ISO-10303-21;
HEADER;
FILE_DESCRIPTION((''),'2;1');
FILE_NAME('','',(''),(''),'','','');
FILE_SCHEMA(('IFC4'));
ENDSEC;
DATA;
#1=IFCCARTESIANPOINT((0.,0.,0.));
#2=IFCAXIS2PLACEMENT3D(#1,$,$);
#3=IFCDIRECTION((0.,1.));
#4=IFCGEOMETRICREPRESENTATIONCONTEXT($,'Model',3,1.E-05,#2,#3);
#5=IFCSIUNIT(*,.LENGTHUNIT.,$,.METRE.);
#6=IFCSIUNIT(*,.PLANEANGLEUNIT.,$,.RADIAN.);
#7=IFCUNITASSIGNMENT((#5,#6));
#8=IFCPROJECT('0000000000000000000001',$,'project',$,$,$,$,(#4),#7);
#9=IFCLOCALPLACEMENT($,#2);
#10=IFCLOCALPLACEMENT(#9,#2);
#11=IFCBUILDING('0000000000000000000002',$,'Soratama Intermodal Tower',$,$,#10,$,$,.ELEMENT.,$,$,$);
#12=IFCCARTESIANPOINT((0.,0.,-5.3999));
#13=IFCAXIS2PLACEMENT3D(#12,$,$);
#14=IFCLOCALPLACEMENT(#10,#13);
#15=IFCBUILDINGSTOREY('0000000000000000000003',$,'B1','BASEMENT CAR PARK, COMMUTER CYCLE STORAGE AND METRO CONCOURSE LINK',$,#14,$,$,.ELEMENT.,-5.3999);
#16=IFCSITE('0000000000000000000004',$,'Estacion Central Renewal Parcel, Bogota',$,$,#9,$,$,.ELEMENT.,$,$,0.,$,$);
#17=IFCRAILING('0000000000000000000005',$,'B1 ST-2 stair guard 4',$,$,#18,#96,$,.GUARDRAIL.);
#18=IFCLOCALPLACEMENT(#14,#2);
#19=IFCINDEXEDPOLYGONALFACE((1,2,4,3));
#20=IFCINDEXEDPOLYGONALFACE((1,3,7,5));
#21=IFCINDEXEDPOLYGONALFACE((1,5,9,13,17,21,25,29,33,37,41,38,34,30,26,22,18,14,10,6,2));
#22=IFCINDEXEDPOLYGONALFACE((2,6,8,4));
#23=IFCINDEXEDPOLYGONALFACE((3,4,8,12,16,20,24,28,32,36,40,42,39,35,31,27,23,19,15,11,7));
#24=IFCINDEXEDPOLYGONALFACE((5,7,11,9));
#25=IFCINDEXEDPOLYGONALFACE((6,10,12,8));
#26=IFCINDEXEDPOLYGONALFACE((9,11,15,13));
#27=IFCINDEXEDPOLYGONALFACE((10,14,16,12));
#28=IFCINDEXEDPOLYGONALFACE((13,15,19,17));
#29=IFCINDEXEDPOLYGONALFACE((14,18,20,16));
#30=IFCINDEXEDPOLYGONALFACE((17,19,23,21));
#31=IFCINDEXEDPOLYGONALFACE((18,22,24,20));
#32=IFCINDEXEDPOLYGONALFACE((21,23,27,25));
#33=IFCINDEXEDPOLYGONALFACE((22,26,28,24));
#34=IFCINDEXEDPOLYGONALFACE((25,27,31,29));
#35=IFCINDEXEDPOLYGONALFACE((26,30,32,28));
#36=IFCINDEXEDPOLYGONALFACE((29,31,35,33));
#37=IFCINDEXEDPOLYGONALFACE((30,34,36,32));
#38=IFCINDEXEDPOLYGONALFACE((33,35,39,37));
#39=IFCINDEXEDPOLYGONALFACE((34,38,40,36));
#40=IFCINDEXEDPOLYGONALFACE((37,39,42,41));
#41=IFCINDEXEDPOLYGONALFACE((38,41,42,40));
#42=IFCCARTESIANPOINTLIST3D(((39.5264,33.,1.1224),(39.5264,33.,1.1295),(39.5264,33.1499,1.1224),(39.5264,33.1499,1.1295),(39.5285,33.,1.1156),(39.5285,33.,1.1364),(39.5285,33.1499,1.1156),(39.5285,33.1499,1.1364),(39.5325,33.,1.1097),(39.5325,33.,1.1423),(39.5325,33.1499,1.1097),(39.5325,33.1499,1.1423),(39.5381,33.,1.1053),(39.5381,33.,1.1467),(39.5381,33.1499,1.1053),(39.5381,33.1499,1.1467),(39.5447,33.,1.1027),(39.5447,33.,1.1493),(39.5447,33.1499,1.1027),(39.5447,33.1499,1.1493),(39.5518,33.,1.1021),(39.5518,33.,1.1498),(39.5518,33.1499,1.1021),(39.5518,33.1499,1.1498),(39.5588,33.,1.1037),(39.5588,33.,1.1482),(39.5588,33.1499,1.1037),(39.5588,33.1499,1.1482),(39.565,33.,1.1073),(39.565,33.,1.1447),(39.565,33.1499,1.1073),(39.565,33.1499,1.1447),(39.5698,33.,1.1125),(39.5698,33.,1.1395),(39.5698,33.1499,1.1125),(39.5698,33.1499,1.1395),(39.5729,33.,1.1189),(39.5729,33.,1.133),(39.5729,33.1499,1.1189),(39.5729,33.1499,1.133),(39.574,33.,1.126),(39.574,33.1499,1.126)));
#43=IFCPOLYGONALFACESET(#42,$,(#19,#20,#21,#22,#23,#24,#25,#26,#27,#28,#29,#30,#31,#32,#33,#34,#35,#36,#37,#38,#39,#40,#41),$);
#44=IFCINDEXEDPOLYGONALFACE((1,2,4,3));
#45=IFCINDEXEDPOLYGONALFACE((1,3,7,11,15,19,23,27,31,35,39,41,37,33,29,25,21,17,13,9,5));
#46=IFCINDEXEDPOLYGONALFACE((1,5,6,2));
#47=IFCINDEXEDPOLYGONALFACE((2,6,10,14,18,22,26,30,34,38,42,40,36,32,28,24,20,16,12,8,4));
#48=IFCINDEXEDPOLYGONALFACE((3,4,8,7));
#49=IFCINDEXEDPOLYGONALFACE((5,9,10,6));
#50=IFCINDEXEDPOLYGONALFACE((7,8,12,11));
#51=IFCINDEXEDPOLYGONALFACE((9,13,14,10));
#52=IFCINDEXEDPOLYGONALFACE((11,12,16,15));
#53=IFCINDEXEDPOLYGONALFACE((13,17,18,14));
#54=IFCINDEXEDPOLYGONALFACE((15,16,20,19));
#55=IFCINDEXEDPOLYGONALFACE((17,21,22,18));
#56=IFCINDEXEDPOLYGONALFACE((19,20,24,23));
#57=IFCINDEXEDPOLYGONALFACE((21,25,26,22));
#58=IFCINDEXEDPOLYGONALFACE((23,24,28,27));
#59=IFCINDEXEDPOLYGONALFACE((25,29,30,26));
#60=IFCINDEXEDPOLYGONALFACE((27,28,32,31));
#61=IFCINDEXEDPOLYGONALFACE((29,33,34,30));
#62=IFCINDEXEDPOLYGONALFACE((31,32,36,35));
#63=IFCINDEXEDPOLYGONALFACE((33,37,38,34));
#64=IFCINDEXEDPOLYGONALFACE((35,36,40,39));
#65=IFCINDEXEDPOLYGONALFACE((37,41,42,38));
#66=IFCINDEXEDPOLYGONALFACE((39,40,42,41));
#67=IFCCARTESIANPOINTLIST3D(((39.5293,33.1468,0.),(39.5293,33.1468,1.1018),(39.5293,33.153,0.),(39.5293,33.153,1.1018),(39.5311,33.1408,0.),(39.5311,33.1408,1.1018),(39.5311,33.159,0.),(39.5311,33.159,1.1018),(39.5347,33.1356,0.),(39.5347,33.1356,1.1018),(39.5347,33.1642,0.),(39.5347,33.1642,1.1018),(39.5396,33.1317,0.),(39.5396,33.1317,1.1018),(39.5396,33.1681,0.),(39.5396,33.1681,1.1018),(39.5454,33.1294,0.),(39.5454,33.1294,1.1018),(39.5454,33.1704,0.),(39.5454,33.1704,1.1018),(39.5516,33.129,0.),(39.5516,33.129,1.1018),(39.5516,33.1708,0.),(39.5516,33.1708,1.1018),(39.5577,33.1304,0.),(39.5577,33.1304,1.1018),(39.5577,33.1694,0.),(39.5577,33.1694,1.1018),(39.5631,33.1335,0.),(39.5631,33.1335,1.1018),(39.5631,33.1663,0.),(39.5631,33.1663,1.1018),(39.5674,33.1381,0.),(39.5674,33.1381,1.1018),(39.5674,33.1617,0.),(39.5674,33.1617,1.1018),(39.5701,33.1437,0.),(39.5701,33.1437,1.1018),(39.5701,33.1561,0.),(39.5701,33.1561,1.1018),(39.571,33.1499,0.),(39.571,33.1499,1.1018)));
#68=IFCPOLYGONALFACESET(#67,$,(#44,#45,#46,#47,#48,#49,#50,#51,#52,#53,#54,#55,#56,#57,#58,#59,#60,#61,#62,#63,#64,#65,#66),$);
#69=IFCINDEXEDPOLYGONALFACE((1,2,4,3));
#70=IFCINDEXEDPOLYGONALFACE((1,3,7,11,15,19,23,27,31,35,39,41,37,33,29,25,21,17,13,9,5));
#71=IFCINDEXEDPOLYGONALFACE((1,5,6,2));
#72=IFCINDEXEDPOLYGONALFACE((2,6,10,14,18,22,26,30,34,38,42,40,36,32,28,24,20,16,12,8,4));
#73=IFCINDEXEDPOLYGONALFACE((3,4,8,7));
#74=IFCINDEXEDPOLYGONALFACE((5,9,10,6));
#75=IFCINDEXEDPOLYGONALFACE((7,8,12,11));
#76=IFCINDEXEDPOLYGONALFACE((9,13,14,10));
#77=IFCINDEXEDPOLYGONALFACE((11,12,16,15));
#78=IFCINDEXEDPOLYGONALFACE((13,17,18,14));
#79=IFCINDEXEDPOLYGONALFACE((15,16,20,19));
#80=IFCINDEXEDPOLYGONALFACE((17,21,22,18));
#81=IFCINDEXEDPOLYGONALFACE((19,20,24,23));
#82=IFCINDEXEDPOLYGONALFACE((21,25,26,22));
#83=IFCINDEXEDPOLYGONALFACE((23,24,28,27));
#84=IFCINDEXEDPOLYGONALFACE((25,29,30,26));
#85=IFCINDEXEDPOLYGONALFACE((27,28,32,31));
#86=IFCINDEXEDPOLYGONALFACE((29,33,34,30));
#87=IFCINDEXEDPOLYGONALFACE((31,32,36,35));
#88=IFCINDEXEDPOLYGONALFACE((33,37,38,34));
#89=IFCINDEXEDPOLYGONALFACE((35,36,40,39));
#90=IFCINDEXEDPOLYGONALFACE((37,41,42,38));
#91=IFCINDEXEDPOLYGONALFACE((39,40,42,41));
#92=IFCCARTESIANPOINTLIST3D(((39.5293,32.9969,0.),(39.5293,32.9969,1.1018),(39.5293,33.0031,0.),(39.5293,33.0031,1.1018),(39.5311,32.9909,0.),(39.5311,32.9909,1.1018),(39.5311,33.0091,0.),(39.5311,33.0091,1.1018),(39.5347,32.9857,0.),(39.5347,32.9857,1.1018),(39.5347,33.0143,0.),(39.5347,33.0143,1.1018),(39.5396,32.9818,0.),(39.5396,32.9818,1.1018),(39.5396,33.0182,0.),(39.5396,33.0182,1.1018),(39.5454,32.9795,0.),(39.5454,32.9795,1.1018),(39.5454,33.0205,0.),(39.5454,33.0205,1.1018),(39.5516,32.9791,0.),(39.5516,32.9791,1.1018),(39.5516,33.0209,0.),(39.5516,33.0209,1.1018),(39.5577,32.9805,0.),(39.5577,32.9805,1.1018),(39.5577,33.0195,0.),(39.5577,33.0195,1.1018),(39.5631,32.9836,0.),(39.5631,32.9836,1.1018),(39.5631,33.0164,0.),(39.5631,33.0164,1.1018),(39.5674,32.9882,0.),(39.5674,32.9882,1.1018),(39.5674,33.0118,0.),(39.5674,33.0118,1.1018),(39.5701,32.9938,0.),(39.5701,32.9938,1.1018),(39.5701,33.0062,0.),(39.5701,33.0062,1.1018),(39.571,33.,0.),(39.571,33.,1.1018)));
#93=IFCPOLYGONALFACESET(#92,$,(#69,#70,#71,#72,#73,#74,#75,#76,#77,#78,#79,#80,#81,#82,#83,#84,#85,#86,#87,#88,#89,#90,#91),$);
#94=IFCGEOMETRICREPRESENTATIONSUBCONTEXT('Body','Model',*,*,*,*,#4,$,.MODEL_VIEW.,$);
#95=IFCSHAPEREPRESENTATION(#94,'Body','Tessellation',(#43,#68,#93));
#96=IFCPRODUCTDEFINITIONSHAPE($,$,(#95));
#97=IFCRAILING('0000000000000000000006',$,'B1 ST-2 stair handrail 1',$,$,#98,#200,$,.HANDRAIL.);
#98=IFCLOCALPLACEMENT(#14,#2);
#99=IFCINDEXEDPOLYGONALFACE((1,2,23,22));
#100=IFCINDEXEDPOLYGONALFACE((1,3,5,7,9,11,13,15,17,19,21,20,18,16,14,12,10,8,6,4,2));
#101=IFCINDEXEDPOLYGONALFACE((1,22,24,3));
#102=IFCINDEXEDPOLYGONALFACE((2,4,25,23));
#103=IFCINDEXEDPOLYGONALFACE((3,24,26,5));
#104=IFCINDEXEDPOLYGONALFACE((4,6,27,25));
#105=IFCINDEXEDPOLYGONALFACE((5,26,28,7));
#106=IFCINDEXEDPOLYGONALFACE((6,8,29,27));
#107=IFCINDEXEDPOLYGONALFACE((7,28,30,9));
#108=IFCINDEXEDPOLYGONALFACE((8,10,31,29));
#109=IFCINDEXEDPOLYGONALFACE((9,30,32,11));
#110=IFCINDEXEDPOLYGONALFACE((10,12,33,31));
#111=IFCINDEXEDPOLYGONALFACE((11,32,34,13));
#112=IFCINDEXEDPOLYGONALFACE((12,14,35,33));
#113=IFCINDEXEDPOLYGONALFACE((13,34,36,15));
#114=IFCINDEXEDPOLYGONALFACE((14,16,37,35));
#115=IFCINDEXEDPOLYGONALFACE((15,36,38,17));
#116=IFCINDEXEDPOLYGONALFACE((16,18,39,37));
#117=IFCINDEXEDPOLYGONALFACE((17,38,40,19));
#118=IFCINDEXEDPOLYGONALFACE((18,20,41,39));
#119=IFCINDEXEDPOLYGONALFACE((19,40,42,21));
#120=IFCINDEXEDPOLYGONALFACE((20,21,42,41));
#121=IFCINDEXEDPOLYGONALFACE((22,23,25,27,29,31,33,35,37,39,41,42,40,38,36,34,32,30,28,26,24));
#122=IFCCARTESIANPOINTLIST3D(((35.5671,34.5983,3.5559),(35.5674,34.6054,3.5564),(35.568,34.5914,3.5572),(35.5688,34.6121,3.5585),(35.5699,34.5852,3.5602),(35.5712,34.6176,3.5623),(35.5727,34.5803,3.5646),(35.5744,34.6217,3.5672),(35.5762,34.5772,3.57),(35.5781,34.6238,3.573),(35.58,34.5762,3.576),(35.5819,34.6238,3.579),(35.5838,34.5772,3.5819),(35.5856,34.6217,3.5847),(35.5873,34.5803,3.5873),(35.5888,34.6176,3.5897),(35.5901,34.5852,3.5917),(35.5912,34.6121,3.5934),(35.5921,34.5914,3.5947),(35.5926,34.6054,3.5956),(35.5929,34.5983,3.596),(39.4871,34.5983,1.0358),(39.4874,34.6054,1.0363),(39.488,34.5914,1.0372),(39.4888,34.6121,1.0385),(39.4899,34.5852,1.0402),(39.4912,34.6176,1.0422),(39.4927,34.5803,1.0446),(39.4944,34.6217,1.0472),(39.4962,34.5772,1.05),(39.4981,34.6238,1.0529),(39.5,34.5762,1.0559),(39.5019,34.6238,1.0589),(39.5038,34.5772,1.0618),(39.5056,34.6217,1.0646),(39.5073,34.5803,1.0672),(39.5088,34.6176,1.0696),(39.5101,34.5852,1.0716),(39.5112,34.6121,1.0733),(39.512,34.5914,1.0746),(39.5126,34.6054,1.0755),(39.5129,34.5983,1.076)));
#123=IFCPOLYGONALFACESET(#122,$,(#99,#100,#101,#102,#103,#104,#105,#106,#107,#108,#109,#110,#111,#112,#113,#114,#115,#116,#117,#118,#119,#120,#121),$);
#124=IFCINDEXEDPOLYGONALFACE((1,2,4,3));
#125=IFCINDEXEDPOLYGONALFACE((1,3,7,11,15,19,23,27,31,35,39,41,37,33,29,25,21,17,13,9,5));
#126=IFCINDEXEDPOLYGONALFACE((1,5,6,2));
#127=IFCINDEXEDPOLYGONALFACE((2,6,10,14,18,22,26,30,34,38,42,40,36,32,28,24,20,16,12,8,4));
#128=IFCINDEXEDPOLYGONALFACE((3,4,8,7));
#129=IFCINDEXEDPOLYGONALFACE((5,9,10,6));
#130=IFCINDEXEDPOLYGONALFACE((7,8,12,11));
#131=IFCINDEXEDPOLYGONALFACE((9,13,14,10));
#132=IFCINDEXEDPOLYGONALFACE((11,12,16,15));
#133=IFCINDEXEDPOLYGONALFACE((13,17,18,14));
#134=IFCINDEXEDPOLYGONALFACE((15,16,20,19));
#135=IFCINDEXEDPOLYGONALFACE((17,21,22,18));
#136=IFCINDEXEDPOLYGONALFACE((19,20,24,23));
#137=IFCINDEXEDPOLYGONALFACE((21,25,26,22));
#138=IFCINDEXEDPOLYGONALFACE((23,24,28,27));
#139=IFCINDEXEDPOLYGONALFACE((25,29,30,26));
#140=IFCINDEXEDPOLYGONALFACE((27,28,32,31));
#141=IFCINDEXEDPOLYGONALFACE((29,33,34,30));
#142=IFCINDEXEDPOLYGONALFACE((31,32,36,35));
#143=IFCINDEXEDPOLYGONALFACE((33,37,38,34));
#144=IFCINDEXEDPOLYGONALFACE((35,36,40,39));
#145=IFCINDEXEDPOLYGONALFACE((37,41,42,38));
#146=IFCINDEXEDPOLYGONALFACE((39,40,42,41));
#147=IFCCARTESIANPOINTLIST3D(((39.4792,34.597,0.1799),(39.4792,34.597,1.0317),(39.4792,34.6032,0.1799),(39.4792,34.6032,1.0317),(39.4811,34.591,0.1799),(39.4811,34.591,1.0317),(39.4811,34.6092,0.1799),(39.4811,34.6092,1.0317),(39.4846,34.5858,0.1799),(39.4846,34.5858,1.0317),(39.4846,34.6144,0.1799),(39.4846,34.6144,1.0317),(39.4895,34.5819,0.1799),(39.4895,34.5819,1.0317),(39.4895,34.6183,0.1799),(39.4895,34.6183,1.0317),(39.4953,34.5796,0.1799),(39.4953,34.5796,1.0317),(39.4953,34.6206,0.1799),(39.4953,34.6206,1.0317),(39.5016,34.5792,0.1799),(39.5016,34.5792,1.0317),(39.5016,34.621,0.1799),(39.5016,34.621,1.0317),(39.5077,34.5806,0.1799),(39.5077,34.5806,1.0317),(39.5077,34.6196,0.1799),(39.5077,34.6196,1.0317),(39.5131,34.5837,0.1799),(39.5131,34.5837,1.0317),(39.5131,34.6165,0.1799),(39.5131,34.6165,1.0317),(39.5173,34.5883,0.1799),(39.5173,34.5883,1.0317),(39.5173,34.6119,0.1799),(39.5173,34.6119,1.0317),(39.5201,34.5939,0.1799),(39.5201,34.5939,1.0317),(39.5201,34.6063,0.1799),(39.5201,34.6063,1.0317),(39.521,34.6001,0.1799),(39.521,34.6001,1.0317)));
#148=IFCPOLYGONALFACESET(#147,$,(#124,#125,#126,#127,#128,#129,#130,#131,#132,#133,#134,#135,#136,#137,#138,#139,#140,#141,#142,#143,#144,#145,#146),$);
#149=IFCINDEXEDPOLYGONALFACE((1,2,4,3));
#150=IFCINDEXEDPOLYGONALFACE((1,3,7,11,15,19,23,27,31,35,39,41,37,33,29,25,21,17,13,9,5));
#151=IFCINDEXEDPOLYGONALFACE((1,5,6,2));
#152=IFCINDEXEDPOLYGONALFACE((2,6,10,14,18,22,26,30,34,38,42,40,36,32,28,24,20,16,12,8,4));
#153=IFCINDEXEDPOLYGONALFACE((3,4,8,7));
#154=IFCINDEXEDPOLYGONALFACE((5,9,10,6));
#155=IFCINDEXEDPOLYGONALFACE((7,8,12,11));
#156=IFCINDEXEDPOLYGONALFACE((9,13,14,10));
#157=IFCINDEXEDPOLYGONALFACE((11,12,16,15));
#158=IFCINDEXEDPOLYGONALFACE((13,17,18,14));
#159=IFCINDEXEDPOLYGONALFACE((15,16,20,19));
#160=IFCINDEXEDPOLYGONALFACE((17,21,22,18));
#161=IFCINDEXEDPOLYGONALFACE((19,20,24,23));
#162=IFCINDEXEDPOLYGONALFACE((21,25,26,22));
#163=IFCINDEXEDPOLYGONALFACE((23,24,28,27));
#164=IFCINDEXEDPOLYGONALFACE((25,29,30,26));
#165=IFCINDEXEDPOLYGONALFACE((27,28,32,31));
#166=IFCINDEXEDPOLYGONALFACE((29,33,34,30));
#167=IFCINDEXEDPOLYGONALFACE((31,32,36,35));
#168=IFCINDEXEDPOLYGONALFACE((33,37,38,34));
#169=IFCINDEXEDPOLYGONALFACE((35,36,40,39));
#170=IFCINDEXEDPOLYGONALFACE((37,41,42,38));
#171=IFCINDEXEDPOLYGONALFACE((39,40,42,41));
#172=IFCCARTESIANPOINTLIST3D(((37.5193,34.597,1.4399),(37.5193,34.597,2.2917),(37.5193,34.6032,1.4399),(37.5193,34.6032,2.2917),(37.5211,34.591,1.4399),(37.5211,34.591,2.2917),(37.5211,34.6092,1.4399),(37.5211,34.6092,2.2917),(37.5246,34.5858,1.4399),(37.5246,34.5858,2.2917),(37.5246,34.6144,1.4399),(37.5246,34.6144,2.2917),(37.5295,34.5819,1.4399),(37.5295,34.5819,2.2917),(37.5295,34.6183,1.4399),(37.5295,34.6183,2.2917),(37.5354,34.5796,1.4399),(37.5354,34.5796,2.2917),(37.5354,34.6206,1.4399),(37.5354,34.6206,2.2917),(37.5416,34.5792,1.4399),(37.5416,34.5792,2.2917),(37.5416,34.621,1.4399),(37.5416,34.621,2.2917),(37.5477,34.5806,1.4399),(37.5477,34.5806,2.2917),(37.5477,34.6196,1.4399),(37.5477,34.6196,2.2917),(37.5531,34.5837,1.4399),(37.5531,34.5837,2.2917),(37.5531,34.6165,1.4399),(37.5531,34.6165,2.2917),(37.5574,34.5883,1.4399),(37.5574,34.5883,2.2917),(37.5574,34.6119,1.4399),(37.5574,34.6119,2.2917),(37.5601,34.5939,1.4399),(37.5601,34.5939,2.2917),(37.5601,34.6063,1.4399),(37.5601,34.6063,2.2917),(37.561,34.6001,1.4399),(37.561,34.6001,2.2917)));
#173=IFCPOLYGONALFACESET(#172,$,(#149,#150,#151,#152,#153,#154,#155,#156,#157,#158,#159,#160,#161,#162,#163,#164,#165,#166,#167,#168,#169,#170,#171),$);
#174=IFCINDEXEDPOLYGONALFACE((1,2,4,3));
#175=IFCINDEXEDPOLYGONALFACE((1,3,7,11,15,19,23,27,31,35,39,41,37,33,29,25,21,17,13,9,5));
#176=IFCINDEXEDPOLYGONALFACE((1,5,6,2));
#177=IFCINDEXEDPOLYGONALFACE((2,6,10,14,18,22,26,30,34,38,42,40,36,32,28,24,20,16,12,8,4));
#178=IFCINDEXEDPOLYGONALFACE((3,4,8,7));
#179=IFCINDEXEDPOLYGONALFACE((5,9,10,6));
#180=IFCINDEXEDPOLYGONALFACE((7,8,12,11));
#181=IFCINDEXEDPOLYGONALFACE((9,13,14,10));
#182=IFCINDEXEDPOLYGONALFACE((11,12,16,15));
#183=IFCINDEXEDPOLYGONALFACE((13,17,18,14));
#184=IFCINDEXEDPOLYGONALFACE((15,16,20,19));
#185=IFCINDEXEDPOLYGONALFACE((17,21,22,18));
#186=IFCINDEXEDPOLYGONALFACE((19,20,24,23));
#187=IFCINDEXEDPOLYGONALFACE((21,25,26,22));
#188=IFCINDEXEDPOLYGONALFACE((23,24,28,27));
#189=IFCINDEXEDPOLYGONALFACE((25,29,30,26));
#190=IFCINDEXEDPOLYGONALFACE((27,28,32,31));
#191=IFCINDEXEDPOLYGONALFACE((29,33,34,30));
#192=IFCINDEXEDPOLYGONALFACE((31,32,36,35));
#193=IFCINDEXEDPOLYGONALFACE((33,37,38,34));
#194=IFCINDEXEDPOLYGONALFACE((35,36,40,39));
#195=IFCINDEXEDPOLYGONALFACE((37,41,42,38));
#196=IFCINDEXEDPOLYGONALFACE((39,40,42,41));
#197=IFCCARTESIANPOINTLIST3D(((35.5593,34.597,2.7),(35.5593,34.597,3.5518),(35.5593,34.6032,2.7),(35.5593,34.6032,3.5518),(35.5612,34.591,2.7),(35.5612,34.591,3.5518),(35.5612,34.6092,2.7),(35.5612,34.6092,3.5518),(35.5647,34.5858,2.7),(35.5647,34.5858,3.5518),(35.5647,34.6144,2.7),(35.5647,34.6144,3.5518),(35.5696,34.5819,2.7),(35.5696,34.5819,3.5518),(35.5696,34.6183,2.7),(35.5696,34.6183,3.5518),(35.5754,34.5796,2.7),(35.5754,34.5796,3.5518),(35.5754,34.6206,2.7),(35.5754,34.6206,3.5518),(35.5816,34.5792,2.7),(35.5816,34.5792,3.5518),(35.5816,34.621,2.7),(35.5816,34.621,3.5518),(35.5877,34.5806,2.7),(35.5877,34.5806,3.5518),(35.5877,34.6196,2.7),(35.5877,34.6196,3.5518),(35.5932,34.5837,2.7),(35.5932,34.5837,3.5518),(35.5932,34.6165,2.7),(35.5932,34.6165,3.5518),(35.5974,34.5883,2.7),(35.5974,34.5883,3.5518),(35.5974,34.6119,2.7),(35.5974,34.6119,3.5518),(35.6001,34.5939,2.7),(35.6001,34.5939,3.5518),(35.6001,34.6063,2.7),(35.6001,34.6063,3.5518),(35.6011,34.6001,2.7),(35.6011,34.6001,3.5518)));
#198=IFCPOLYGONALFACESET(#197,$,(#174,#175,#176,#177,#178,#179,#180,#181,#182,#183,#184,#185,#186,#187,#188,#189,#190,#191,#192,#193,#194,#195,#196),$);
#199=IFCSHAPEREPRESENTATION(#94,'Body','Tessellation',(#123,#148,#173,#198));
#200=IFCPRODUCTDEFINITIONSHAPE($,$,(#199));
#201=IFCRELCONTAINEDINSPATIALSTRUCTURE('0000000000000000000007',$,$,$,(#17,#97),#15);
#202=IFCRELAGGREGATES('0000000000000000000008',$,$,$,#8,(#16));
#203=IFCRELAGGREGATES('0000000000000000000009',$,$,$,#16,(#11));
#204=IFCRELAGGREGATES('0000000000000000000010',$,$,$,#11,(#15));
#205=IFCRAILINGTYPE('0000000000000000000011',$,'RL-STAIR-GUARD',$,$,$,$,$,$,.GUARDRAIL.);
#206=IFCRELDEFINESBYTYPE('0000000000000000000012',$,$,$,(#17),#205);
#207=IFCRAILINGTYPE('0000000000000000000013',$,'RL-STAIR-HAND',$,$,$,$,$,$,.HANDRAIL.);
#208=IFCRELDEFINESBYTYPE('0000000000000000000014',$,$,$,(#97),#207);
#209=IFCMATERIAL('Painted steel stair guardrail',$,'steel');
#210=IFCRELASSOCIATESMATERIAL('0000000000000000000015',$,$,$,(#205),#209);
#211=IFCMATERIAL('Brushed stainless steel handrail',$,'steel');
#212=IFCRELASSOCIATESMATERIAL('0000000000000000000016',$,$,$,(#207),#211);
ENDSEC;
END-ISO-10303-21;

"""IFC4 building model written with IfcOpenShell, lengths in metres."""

from ifc_helpers import new_model, si_unit, direction, frame, origin, origin_2d, place, context, subcontext, project, spatial, circle, extrude, material, type_object, element, save


model = new_model("IFC4")

# Units and contexts
model_context = context("Model", 3, precision=1e-05, world=origin(), true_north=direction((0.0, 1.0)))
body_context = subcontext(model_context, "Body", "Model", "MODEL_VIEW")
ifc_project = project(units=[si_unit("LENGTHUNIT", "METRE"), si_unit("PLANEANGLEUNIT", "RADIAN")], contexts=[model_context])

# Site, building, storey
site_placement = place(None, origin())
site = spatial("IfcSite", under=ifc_project, at=site_placement, Name="Estacion Central Renewal Parcel, Bogota", CompositionType="ELEMENT", RefElevation=0.0)
building_placement = place(site_placement, origin())
building = spatial("IfcBuilding", under=site, at=building_placement, Name="Soratama Intermodal Tower", CompositionType="ELEMENT")
storey_placement = place(building_placement, frame((0.0, 0.0, -5.3999)))
storey = spatial("IfcBuildingStorey", under=building, at=storey_placement, Name="B1", Description="BASEMENT CAR PARK, COMMUTER CYCLE STORAGE AND METRO CONCOURSE LINK", CompositionType="ELEMENT", Elevation=-5.3999)

# Railings
ifc_material_1 = material(Name="Painted steel stair guardrail", Category="steel")
railing_type_1 = type_object("IfcRailingType", Name="RL-STAIR-GUARD", PredefinedType="GUARDRAIL", material=ifc_material_1)
railing_1_placement = place(storey_placement, frame((39.55, 33.1499, 0.0)))
element("IfcRailing", 1, at=railing_1_placement, inside=storey, type_object=railing_type_1, Name="B1 ST-2 stair guard 4", PredefinedType="GUARDRAIL", context=body_context, shape_type="SweptSolid", body=[
    extrude(circle(Radius=0.0239, at=origin_2d()), frame((0.0, 0.0, 1.126), z_axis=(0.0, -1.0, 0.0), x_axis=(1.0, 0.0, 0.0)), (0.0, 0.0, 1.0), 0.1499),
    extrude(circle(Radius=0.021, at=origin_2d()), origin(), (0.0, 0.0, 1.0), 1.1018),
    extrude(circle(Radius=0.021, at=origin_2d()), frame((0.0, -0.1499, 0.0)), (0.0, 0.0, 1.0), 1.1018),
])
ifc_material_2 = material(Name="Brushed stainless steel handrail", Category="steel")
railing_type_2 = type_object("IfcRailingType", Name="RL-STAIR-HAND", PredefinedType="HANDRAIL", material=ifc_material_2)
railing_2_placement = place(storey_placement, frame((39.5, 34.6001, 0.1799)))
element("IfcRailing", 2, at=railing_2_placement, inside=storey, type_object=railing_type_2, Name="B1 ST-2 stair handrail 1", PredefinedType="HANDRAIL", context=body_context, shape_type="SweptSolid", body=[
    extrude(circle(Radius=0.0239, at=origin_2d()), frame((0.0, 0.0, 0.876), z_axis=(-0.841172, 0.0, 0.540768), x_axis=(0.0, -1.0, 0.0)), (0.0, 0.0, 1.0), 4.6602),
    extrude(circle(Radius=0.021, at=origin_2d()), origin(), (0.0, 0.0, 1.0), 0.8518),
    extrude(circle(Radius=0.021, at=origin_2d()), frame((-1.96, 0.0, 1.26)), (0.0, 0.0, 1.0), 0.8518),
    extrude(circle(Radius=0.021, at=origin_2d()), frame((-3.9199, 0.0, 2.52)), (0.0, 0.0, 1.0), 0.8518),
])

save(model, "model.ifc")
